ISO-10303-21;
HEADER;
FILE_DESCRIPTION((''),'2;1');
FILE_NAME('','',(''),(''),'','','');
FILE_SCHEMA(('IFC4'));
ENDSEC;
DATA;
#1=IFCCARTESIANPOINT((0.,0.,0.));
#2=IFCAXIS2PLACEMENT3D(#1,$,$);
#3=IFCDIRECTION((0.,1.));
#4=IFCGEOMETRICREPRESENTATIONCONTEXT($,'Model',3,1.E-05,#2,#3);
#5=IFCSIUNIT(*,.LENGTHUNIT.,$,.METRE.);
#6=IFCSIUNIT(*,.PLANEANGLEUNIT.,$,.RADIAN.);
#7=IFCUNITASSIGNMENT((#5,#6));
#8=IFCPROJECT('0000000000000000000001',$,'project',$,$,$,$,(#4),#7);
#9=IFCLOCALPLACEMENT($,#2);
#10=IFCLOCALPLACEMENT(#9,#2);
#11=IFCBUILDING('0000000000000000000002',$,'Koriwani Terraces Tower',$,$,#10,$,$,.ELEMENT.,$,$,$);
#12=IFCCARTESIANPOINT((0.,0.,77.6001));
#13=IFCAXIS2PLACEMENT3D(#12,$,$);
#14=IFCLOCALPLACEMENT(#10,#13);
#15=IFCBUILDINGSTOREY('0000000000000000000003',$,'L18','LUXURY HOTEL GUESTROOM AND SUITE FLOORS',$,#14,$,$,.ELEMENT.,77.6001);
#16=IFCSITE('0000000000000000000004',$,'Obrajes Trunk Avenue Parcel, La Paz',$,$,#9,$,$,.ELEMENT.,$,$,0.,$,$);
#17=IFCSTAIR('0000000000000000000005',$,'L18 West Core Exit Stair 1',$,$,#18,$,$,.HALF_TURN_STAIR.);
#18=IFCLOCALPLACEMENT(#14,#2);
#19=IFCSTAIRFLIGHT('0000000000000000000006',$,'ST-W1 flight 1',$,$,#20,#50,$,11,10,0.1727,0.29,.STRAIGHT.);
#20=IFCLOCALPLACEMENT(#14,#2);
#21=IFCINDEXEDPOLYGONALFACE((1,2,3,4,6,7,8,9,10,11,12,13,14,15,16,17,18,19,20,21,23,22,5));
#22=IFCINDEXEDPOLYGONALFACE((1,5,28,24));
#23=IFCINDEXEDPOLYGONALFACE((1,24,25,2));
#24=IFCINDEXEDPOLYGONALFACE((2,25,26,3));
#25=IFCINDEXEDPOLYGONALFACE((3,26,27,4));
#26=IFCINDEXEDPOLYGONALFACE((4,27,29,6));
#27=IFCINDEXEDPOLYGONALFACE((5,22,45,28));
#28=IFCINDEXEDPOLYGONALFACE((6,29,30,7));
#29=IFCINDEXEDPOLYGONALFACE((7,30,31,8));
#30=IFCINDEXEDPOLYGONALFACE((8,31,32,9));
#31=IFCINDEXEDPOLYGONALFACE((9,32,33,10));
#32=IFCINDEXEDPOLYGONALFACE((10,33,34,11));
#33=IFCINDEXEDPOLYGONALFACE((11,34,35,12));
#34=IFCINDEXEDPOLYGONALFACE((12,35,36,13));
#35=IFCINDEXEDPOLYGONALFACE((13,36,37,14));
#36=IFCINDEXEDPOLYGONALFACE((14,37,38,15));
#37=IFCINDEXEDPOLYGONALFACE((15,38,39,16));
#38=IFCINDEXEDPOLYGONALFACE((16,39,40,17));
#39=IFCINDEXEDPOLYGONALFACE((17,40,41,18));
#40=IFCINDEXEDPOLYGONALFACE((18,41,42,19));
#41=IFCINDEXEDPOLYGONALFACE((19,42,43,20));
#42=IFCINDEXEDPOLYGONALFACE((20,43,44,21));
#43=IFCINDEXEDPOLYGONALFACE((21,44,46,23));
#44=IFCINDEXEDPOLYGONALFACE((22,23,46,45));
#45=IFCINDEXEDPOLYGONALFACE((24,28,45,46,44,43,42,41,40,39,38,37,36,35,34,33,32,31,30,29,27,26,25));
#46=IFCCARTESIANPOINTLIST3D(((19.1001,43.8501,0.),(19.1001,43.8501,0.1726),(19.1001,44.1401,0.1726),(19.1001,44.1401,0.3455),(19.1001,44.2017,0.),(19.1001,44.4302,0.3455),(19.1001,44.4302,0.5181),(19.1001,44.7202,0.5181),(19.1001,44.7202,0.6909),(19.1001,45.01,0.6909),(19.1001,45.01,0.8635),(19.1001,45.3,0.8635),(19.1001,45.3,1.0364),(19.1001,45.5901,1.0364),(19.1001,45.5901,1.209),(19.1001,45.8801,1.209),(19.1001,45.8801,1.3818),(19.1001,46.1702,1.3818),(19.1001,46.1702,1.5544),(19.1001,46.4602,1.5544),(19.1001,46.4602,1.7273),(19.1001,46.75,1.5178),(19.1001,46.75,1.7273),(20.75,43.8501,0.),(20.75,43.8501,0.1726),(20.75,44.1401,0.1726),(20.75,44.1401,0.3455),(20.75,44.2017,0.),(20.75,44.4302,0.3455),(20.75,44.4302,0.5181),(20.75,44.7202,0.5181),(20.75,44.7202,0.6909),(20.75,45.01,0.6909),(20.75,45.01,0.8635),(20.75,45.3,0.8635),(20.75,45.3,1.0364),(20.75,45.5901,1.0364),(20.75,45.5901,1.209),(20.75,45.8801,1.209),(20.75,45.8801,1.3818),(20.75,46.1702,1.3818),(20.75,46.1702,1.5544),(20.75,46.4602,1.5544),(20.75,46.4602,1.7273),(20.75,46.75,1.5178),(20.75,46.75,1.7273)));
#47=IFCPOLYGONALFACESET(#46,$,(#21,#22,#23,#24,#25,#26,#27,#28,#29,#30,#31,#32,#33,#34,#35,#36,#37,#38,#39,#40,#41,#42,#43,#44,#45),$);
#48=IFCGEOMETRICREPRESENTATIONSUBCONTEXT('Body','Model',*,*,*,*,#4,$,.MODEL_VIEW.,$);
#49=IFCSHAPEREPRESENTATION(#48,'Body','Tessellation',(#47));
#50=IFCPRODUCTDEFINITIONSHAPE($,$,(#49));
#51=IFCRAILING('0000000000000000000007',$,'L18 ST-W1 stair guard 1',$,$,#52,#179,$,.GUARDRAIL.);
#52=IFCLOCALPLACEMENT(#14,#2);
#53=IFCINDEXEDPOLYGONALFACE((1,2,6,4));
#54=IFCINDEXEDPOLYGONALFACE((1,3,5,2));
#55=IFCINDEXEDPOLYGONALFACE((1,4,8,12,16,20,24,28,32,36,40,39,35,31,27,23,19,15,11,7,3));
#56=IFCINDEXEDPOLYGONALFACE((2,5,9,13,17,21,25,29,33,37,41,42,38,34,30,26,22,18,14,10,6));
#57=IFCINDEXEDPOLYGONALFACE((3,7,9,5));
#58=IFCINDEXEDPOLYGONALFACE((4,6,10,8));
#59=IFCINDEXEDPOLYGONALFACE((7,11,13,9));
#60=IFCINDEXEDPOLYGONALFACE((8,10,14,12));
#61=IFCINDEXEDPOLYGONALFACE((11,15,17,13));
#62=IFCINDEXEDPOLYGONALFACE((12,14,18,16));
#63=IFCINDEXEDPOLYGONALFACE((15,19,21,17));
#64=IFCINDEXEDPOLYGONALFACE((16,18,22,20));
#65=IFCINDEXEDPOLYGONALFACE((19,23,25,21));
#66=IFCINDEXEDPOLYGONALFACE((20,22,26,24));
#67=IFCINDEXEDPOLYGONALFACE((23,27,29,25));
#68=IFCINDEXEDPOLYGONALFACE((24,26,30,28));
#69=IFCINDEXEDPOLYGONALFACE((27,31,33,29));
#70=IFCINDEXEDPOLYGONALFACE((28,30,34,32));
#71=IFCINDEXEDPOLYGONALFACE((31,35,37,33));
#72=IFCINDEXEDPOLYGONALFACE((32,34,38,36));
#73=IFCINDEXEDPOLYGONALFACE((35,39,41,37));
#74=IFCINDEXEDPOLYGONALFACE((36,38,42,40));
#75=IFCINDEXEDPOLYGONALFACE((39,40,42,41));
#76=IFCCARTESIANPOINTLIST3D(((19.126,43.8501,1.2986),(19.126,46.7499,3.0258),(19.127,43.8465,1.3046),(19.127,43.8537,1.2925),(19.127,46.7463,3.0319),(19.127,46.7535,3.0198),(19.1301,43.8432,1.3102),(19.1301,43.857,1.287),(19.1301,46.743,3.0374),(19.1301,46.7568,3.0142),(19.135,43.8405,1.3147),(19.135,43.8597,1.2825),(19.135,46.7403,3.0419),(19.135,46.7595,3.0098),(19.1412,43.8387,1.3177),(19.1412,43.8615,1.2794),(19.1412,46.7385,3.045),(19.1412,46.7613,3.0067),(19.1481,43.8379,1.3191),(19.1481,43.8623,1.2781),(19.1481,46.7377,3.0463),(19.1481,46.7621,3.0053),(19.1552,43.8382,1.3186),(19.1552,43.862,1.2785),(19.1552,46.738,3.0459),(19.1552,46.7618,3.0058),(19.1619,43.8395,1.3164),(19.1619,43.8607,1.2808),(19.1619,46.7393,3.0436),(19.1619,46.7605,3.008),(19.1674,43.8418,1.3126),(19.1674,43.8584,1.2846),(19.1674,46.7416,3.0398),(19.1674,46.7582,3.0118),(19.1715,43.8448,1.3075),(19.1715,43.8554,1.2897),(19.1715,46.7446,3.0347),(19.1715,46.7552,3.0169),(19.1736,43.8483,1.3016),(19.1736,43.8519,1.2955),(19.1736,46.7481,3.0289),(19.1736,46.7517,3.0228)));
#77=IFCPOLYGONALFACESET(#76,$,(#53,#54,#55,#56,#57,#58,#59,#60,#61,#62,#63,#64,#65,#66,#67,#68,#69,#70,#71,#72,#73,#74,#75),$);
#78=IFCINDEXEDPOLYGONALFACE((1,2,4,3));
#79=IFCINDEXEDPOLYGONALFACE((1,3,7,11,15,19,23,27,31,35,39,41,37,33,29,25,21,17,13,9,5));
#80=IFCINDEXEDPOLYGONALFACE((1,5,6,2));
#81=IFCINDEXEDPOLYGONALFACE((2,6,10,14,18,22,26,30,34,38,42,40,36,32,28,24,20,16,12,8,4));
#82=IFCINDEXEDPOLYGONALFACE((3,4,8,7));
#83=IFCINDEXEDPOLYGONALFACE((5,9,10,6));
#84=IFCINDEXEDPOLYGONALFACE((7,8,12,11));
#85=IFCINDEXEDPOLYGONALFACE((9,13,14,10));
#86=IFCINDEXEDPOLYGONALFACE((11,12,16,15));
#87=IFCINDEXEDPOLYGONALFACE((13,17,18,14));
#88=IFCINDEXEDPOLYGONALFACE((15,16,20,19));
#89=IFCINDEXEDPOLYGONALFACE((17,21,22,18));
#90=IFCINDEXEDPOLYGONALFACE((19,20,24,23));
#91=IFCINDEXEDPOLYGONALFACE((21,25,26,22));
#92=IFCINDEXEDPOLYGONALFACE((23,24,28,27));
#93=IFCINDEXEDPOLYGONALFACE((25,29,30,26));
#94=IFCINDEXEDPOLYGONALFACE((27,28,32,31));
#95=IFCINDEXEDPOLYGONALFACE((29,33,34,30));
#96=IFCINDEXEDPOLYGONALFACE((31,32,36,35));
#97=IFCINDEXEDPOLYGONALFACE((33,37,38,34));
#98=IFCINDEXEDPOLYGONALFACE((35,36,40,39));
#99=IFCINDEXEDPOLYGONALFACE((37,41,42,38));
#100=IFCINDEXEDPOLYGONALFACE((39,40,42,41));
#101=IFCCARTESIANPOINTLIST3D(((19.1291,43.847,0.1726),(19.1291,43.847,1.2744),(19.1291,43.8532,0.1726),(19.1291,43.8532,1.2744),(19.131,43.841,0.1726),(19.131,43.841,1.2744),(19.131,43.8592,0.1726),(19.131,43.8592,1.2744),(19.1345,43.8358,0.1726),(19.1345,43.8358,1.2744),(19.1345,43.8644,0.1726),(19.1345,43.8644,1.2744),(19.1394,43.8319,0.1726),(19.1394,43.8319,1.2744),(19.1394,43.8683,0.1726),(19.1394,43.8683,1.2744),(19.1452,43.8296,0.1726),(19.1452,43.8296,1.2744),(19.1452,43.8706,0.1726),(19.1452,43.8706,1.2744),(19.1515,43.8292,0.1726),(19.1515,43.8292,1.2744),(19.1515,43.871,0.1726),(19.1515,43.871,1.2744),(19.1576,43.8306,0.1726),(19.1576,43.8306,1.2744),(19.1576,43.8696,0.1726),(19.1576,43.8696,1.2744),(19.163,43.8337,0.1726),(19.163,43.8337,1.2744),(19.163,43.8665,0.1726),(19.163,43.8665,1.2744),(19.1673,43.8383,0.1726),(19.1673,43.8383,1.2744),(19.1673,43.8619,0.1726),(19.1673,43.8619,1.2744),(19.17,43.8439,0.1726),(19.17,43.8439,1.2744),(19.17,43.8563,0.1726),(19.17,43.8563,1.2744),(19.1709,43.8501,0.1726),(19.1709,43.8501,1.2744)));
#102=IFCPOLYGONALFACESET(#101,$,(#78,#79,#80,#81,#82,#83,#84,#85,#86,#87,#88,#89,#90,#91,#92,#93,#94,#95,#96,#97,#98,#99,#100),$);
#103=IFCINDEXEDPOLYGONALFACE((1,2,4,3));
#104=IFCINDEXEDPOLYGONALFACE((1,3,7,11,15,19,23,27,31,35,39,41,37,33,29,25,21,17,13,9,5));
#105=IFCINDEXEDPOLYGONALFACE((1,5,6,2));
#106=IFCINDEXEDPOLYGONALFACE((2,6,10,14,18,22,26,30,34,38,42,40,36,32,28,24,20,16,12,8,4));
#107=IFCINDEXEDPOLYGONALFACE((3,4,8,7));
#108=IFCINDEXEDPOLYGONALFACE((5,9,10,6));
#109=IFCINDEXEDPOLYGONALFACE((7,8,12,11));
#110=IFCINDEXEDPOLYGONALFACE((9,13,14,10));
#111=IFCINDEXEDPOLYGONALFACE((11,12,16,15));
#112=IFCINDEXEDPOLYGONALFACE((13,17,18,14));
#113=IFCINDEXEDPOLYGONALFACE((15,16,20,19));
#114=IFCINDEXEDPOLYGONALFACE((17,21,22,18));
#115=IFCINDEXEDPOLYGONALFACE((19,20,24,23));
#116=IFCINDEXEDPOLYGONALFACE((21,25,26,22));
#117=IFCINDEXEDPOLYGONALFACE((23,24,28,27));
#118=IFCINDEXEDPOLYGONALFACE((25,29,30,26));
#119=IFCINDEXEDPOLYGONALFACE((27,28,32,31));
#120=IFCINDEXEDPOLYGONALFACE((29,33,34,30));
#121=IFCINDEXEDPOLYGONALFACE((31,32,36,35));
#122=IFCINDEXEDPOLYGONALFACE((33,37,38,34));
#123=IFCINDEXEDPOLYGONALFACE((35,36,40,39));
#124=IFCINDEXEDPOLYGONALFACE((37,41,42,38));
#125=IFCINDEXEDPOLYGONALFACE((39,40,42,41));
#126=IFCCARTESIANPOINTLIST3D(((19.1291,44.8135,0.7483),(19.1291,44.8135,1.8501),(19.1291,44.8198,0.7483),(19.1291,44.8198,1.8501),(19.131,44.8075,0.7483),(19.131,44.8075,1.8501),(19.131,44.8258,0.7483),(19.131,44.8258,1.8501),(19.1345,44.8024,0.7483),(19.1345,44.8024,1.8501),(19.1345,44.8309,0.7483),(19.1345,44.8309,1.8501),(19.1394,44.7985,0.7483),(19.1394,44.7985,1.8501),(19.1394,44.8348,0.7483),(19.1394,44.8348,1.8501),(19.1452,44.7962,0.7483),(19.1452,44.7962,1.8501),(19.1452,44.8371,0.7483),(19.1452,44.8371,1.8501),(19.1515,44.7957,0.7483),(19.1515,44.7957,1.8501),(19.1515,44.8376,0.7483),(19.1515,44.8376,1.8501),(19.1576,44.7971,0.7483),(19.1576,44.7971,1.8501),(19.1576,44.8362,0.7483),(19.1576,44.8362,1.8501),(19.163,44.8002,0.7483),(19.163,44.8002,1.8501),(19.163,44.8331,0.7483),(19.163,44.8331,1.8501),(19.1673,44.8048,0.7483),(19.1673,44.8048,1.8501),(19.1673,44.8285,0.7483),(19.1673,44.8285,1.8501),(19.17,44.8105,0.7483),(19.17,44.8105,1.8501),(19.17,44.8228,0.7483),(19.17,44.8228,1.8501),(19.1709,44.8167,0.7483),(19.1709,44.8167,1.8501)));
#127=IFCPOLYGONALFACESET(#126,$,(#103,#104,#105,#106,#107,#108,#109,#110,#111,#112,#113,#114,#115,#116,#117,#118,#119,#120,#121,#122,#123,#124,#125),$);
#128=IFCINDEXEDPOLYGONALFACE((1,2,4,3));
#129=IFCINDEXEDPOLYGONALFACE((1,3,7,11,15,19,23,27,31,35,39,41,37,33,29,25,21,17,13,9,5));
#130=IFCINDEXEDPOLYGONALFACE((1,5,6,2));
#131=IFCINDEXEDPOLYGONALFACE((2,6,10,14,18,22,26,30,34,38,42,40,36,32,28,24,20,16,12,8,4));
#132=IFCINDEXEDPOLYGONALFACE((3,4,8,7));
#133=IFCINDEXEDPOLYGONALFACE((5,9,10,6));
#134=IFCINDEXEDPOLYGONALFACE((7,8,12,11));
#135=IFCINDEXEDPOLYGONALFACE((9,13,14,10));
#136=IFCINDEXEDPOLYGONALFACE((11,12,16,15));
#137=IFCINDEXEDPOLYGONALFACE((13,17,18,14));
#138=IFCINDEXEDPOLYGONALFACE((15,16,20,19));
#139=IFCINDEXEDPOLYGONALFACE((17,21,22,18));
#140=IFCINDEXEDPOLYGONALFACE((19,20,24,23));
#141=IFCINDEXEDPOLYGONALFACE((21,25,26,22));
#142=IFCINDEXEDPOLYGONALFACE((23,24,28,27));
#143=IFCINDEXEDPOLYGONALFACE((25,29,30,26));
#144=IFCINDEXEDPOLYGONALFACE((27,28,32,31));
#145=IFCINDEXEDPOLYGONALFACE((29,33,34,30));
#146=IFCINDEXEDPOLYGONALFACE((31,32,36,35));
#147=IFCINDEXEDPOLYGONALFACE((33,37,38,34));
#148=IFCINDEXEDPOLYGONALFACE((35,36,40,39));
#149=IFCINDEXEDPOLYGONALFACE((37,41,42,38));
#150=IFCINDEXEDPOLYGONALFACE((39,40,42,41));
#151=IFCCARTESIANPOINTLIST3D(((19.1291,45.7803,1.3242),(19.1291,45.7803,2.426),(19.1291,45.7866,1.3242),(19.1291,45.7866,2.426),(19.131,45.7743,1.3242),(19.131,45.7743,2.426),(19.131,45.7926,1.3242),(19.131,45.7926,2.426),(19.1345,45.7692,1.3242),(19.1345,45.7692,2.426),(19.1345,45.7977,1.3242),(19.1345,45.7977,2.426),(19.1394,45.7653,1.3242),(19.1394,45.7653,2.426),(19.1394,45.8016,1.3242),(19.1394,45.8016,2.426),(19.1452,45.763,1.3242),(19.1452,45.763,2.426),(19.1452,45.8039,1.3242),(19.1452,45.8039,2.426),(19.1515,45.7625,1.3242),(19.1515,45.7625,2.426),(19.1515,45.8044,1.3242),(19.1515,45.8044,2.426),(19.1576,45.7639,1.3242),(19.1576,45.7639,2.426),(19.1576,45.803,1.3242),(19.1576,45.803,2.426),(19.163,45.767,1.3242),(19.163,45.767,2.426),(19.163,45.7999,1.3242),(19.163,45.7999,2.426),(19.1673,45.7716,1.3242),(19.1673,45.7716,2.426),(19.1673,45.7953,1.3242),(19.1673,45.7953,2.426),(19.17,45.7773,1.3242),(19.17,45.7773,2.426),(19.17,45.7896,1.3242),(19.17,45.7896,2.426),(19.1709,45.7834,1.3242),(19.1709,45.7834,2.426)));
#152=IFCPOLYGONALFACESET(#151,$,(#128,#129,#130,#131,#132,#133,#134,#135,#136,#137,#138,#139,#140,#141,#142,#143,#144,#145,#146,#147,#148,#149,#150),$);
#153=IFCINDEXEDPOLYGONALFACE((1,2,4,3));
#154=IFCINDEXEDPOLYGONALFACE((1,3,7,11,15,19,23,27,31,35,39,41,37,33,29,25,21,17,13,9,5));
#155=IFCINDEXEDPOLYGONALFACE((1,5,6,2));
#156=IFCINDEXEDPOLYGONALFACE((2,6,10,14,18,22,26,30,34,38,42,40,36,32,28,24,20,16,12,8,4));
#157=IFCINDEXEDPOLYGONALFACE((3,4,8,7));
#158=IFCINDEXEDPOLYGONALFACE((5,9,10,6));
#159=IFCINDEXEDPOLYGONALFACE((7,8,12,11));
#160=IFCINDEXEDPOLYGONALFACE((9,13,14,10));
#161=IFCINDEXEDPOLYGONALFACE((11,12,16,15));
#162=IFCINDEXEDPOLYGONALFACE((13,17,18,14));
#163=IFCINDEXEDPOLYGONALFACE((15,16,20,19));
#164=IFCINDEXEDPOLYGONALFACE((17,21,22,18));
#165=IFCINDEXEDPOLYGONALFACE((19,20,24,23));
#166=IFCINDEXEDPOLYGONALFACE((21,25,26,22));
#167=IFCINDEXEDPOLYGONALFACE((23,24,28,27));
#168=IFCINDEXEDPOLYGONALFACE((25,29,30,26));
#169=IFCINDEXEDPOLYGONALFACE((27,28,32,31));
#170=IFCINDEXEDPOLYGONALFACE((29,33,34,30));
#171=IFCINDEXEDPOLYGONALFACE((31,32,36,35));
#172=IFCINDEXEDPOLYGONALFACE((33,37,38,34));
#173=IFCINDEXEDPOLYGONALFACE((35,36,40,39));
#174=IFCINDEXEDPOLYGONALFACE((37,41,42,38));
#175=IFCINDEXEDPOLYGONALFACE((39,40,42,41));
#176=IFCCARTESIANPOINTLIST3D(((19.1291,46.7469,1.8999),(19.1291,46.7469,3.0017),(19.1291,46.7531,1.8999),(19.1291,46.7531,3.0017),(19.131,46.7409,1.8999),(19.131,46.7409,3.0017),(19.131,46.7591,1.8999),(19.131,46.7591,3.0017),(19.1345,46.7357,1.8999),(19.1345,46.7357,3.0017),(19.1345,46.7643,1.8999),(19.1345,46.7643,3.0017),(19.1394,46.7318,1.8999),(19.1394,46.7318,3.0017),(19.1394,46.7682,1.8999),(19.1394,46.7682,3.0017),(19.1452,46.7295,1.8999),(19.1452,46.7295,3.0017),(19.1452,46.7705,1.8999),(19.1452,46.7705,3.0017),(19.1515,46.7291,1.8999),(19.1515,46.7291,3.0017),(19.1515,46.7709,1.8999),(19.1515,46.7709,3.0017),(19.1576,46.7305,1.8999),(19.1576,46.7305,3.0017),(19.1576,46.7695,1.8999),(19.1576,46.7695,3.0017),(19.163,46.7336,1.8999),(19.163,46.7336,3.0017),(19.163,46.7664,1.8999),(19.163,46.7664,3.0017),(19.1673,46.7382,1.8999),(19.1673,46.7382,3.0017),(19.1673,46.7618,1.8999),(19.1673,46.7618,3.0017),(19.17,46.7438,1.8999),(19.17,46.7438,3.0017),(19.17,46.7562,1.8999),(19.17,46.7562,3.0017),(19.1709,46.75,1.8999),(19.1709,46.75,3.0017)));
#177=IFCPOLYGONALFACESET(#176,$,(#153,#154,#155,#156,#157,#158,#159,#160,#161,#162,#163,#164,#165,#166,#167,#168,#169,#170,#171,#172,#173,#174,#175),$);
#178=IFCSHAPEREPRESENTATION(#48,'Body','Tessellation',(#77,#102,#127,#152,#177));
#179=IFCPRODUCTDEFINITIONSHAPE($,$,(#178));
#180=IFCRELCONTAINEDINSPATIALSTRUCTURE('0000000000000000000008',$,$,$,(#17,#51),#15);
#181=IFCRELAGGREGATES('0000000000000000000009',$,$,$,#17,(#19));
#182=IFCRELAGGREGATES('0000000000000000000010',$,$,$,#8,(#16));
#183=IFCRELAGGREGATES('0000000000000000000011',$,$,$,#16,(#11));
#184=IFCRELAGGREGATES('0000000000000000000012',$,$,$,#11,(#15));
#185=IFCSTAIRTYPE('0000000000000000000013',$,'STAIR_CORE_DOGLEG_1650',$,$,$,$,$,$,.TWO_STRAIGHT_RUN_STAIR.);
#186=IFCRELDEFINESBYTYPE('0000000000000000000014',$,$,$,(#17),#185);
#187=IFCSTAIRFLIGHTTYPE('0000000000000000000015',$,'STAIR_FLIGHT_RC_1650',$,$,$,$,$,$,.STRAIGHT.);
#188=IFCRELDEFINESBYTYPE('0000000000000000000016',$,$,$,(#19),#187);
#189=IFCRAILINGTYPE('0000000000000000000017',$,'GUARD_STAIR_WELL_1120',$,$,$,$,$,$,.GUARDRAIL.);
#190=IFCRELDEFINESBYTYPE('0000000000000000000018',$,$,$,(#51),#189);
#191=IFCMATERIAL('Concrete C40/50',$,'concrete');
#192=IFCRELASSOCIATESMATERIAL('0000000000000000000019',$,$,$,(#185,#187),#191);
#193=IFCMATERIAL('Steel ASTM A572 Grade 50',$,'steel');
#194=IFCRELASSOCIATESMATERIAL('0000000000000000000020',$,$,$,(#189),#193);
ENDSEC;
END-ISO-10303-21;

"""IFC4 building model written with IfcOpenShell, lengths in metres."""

from ifc_helpers import new_model, si_unit, direction, frame, origin, origin_2d, place, context, subcontext, project, spatial, polyline, circle, outline, extrude, material, type_object, element, aggregate, save


model = new_model("IFC4")

# Units and contexts
model_context = context("Model", 3, precision=1e-05, world=origin(), true_north=direction((0.0, 1.0)))
body_context = subcontext(model_context, "Body", "Model", "MODEL_VIEW")
ifc_project = project(units=[si_unit("LENGTHUNIT", "METRE"), si_unit("PLANEANGLEUNIT", "RADIAN")], contexts=[model_context])

# Site, building, storey
site_placement = place(None, origin())
site = spatial("IfcSite", under=ifc_project, at=site_placement, Name="Obrajes Trunk Avenue Parcel, La Paz", CompositionType="ELEMENT", RefElevation=0.0)
building_placement = place(site_placement, origin())
building = spatial("IfcBuilding", under=site, at=building_placement, Name="Koriwani Terraces Tower", CompositionType="ELEMENT")
storey_placement = place(building_placement, frame((0.0, 0.0, 77.6001)))
storey = spatial("IfcBuildingStorey", under=building, at=storey_placement, Name="L18", Description="LUXURY HOTEL GUESTROOM AND SUITE FLOORS", CompositionType="ELEMENT", Elevation=77.6001)

# Shared definitions
ifc_material_1 = material(Name="Steel ASTM A572 Grade 50", Category="steel")

# Shared definitions
ifc_material_2 = material(Name="Concrete C40/50", Category="concrete")

# Stair, stair flight
stair_type = type_object("IfcStairType", Name="STAIR_CORE_DOGLEG_1650", PredefinedType="TWO_STRAIGHT_RUN_STAIR", material=ifc_material_2)
stair_placement = place(storey_placement, origin())
stair = element("IfcStair", 1, at=stair_placement, inside=storey, type_object=stair_type, Name="L18 West Core Exit Stair 1", PredefinedType="HALF_TURN_STAIR")
stair_flight_type = type_object("IfcStairFlightType", Name="STAIR_FLIGHT_RC_1650", PredefinedType="STRAIGHT", material=ifc_material_2)
stair_flight_placement = place(storey_placement, frame((19.925, 43.8501, 0.0), z_axis=(0.0, 0.0, 1.0), x_axis=(0.0, 1.0, 0.0)))
stair_flight = element("IfcStairFlight", 2, at=stair_flight_placement, type_object=stair_flight_type, Name="ST-W1 flight 1", NumberOfRisers=11, NumberOfTreads=10, PredefinedType="STRAIGHT", RiserHeight=0.1727, TreadLength=0.29, context=body_context, shape_type="SweptSolid", body=[
    extrude(outline(polyline([(0.0, 0.0), (0.0, 0.1726), (0.29, 0.1726), (0.29, 0.3455), (0.5801, 0.3455), (0.5801, 0.5181), (0.8701, 0.5181), (0.8701, 0.6909), (1.1599, 0.6909), (1.1599, 0.8635), (1.45, 0.8635), (1.45, 1.0364), (1.74, 1.0364), (1.74, 1.209), (2.03, 1.209), (2.03, 1.3818), (2.3201, 1.3818), (2.3201, 1.5544), (2.6101, 1.5544), (2.6101, 1.7273), (2.8999, 1.7273), (2.8999, 1.8999), (2.8999, 1.5178), (0.3516, 0.0), (0.0, 0.0)])), frame((0.0, 0.825, 0.0), z_axis=(0.0, -1.0, 0.0), x_axis=(1.0, 0.0, 0.0)), (0.0, 0.0, 1.0), 1.6499),
])
aggregate(stair, [stair_flight])

# Railing
railing_type_1 = type_object("IfcRailingType", Name="GUARD_STAIR_WELL_1120", PredefinedType="GUARDRAIL", material=ifc_material_1)
railing_1_placement = place(storey_placement, frame((19.1499, 43.8501, 0.1726)))
element("IfcRailing", 3, at=railing_1_placement, inside=storey, type_object=railing_type_1, Name="L18 ST-W1 stair guard 1", PredefinedType="GUARDRAIL", context=body_context, shape_type="SweptSolid", body=[
    extrude(circle(Radius=0.0239, at=origin_2d()), frame((0.0, 0.0, 1.126), z_axis=(0.0, 0.859141, 0.511738), x_axis=(-1.0, 0.0, 0.0)), (0.0, 0.0, 1.0), 3.3752),
    extrude(circle(Radius=0.021, at=origin_2d()), origin(), (0.0, 0.0, 1.0), 1.1018),
    extrude(circle(Radius=0.021, at=origin_2d()), frame((0.0, 0.9666, 0.5757)), (0.0, 0.0, 1.0), 1.1018),
    extrude(circle(Radius=0.021, at=origin_2d()), frame((0.0, 1.9333, 1.1516)), (0.0, 0.0, 1.0), 1.1018),
    extrude(circle(Radius=0.021, at=origin_2d()), frame((0.0, 2.8999, 1.7273)), (0.0, 0.0, 1.0), 1.1018),
])

save(model, "model.ifc")
